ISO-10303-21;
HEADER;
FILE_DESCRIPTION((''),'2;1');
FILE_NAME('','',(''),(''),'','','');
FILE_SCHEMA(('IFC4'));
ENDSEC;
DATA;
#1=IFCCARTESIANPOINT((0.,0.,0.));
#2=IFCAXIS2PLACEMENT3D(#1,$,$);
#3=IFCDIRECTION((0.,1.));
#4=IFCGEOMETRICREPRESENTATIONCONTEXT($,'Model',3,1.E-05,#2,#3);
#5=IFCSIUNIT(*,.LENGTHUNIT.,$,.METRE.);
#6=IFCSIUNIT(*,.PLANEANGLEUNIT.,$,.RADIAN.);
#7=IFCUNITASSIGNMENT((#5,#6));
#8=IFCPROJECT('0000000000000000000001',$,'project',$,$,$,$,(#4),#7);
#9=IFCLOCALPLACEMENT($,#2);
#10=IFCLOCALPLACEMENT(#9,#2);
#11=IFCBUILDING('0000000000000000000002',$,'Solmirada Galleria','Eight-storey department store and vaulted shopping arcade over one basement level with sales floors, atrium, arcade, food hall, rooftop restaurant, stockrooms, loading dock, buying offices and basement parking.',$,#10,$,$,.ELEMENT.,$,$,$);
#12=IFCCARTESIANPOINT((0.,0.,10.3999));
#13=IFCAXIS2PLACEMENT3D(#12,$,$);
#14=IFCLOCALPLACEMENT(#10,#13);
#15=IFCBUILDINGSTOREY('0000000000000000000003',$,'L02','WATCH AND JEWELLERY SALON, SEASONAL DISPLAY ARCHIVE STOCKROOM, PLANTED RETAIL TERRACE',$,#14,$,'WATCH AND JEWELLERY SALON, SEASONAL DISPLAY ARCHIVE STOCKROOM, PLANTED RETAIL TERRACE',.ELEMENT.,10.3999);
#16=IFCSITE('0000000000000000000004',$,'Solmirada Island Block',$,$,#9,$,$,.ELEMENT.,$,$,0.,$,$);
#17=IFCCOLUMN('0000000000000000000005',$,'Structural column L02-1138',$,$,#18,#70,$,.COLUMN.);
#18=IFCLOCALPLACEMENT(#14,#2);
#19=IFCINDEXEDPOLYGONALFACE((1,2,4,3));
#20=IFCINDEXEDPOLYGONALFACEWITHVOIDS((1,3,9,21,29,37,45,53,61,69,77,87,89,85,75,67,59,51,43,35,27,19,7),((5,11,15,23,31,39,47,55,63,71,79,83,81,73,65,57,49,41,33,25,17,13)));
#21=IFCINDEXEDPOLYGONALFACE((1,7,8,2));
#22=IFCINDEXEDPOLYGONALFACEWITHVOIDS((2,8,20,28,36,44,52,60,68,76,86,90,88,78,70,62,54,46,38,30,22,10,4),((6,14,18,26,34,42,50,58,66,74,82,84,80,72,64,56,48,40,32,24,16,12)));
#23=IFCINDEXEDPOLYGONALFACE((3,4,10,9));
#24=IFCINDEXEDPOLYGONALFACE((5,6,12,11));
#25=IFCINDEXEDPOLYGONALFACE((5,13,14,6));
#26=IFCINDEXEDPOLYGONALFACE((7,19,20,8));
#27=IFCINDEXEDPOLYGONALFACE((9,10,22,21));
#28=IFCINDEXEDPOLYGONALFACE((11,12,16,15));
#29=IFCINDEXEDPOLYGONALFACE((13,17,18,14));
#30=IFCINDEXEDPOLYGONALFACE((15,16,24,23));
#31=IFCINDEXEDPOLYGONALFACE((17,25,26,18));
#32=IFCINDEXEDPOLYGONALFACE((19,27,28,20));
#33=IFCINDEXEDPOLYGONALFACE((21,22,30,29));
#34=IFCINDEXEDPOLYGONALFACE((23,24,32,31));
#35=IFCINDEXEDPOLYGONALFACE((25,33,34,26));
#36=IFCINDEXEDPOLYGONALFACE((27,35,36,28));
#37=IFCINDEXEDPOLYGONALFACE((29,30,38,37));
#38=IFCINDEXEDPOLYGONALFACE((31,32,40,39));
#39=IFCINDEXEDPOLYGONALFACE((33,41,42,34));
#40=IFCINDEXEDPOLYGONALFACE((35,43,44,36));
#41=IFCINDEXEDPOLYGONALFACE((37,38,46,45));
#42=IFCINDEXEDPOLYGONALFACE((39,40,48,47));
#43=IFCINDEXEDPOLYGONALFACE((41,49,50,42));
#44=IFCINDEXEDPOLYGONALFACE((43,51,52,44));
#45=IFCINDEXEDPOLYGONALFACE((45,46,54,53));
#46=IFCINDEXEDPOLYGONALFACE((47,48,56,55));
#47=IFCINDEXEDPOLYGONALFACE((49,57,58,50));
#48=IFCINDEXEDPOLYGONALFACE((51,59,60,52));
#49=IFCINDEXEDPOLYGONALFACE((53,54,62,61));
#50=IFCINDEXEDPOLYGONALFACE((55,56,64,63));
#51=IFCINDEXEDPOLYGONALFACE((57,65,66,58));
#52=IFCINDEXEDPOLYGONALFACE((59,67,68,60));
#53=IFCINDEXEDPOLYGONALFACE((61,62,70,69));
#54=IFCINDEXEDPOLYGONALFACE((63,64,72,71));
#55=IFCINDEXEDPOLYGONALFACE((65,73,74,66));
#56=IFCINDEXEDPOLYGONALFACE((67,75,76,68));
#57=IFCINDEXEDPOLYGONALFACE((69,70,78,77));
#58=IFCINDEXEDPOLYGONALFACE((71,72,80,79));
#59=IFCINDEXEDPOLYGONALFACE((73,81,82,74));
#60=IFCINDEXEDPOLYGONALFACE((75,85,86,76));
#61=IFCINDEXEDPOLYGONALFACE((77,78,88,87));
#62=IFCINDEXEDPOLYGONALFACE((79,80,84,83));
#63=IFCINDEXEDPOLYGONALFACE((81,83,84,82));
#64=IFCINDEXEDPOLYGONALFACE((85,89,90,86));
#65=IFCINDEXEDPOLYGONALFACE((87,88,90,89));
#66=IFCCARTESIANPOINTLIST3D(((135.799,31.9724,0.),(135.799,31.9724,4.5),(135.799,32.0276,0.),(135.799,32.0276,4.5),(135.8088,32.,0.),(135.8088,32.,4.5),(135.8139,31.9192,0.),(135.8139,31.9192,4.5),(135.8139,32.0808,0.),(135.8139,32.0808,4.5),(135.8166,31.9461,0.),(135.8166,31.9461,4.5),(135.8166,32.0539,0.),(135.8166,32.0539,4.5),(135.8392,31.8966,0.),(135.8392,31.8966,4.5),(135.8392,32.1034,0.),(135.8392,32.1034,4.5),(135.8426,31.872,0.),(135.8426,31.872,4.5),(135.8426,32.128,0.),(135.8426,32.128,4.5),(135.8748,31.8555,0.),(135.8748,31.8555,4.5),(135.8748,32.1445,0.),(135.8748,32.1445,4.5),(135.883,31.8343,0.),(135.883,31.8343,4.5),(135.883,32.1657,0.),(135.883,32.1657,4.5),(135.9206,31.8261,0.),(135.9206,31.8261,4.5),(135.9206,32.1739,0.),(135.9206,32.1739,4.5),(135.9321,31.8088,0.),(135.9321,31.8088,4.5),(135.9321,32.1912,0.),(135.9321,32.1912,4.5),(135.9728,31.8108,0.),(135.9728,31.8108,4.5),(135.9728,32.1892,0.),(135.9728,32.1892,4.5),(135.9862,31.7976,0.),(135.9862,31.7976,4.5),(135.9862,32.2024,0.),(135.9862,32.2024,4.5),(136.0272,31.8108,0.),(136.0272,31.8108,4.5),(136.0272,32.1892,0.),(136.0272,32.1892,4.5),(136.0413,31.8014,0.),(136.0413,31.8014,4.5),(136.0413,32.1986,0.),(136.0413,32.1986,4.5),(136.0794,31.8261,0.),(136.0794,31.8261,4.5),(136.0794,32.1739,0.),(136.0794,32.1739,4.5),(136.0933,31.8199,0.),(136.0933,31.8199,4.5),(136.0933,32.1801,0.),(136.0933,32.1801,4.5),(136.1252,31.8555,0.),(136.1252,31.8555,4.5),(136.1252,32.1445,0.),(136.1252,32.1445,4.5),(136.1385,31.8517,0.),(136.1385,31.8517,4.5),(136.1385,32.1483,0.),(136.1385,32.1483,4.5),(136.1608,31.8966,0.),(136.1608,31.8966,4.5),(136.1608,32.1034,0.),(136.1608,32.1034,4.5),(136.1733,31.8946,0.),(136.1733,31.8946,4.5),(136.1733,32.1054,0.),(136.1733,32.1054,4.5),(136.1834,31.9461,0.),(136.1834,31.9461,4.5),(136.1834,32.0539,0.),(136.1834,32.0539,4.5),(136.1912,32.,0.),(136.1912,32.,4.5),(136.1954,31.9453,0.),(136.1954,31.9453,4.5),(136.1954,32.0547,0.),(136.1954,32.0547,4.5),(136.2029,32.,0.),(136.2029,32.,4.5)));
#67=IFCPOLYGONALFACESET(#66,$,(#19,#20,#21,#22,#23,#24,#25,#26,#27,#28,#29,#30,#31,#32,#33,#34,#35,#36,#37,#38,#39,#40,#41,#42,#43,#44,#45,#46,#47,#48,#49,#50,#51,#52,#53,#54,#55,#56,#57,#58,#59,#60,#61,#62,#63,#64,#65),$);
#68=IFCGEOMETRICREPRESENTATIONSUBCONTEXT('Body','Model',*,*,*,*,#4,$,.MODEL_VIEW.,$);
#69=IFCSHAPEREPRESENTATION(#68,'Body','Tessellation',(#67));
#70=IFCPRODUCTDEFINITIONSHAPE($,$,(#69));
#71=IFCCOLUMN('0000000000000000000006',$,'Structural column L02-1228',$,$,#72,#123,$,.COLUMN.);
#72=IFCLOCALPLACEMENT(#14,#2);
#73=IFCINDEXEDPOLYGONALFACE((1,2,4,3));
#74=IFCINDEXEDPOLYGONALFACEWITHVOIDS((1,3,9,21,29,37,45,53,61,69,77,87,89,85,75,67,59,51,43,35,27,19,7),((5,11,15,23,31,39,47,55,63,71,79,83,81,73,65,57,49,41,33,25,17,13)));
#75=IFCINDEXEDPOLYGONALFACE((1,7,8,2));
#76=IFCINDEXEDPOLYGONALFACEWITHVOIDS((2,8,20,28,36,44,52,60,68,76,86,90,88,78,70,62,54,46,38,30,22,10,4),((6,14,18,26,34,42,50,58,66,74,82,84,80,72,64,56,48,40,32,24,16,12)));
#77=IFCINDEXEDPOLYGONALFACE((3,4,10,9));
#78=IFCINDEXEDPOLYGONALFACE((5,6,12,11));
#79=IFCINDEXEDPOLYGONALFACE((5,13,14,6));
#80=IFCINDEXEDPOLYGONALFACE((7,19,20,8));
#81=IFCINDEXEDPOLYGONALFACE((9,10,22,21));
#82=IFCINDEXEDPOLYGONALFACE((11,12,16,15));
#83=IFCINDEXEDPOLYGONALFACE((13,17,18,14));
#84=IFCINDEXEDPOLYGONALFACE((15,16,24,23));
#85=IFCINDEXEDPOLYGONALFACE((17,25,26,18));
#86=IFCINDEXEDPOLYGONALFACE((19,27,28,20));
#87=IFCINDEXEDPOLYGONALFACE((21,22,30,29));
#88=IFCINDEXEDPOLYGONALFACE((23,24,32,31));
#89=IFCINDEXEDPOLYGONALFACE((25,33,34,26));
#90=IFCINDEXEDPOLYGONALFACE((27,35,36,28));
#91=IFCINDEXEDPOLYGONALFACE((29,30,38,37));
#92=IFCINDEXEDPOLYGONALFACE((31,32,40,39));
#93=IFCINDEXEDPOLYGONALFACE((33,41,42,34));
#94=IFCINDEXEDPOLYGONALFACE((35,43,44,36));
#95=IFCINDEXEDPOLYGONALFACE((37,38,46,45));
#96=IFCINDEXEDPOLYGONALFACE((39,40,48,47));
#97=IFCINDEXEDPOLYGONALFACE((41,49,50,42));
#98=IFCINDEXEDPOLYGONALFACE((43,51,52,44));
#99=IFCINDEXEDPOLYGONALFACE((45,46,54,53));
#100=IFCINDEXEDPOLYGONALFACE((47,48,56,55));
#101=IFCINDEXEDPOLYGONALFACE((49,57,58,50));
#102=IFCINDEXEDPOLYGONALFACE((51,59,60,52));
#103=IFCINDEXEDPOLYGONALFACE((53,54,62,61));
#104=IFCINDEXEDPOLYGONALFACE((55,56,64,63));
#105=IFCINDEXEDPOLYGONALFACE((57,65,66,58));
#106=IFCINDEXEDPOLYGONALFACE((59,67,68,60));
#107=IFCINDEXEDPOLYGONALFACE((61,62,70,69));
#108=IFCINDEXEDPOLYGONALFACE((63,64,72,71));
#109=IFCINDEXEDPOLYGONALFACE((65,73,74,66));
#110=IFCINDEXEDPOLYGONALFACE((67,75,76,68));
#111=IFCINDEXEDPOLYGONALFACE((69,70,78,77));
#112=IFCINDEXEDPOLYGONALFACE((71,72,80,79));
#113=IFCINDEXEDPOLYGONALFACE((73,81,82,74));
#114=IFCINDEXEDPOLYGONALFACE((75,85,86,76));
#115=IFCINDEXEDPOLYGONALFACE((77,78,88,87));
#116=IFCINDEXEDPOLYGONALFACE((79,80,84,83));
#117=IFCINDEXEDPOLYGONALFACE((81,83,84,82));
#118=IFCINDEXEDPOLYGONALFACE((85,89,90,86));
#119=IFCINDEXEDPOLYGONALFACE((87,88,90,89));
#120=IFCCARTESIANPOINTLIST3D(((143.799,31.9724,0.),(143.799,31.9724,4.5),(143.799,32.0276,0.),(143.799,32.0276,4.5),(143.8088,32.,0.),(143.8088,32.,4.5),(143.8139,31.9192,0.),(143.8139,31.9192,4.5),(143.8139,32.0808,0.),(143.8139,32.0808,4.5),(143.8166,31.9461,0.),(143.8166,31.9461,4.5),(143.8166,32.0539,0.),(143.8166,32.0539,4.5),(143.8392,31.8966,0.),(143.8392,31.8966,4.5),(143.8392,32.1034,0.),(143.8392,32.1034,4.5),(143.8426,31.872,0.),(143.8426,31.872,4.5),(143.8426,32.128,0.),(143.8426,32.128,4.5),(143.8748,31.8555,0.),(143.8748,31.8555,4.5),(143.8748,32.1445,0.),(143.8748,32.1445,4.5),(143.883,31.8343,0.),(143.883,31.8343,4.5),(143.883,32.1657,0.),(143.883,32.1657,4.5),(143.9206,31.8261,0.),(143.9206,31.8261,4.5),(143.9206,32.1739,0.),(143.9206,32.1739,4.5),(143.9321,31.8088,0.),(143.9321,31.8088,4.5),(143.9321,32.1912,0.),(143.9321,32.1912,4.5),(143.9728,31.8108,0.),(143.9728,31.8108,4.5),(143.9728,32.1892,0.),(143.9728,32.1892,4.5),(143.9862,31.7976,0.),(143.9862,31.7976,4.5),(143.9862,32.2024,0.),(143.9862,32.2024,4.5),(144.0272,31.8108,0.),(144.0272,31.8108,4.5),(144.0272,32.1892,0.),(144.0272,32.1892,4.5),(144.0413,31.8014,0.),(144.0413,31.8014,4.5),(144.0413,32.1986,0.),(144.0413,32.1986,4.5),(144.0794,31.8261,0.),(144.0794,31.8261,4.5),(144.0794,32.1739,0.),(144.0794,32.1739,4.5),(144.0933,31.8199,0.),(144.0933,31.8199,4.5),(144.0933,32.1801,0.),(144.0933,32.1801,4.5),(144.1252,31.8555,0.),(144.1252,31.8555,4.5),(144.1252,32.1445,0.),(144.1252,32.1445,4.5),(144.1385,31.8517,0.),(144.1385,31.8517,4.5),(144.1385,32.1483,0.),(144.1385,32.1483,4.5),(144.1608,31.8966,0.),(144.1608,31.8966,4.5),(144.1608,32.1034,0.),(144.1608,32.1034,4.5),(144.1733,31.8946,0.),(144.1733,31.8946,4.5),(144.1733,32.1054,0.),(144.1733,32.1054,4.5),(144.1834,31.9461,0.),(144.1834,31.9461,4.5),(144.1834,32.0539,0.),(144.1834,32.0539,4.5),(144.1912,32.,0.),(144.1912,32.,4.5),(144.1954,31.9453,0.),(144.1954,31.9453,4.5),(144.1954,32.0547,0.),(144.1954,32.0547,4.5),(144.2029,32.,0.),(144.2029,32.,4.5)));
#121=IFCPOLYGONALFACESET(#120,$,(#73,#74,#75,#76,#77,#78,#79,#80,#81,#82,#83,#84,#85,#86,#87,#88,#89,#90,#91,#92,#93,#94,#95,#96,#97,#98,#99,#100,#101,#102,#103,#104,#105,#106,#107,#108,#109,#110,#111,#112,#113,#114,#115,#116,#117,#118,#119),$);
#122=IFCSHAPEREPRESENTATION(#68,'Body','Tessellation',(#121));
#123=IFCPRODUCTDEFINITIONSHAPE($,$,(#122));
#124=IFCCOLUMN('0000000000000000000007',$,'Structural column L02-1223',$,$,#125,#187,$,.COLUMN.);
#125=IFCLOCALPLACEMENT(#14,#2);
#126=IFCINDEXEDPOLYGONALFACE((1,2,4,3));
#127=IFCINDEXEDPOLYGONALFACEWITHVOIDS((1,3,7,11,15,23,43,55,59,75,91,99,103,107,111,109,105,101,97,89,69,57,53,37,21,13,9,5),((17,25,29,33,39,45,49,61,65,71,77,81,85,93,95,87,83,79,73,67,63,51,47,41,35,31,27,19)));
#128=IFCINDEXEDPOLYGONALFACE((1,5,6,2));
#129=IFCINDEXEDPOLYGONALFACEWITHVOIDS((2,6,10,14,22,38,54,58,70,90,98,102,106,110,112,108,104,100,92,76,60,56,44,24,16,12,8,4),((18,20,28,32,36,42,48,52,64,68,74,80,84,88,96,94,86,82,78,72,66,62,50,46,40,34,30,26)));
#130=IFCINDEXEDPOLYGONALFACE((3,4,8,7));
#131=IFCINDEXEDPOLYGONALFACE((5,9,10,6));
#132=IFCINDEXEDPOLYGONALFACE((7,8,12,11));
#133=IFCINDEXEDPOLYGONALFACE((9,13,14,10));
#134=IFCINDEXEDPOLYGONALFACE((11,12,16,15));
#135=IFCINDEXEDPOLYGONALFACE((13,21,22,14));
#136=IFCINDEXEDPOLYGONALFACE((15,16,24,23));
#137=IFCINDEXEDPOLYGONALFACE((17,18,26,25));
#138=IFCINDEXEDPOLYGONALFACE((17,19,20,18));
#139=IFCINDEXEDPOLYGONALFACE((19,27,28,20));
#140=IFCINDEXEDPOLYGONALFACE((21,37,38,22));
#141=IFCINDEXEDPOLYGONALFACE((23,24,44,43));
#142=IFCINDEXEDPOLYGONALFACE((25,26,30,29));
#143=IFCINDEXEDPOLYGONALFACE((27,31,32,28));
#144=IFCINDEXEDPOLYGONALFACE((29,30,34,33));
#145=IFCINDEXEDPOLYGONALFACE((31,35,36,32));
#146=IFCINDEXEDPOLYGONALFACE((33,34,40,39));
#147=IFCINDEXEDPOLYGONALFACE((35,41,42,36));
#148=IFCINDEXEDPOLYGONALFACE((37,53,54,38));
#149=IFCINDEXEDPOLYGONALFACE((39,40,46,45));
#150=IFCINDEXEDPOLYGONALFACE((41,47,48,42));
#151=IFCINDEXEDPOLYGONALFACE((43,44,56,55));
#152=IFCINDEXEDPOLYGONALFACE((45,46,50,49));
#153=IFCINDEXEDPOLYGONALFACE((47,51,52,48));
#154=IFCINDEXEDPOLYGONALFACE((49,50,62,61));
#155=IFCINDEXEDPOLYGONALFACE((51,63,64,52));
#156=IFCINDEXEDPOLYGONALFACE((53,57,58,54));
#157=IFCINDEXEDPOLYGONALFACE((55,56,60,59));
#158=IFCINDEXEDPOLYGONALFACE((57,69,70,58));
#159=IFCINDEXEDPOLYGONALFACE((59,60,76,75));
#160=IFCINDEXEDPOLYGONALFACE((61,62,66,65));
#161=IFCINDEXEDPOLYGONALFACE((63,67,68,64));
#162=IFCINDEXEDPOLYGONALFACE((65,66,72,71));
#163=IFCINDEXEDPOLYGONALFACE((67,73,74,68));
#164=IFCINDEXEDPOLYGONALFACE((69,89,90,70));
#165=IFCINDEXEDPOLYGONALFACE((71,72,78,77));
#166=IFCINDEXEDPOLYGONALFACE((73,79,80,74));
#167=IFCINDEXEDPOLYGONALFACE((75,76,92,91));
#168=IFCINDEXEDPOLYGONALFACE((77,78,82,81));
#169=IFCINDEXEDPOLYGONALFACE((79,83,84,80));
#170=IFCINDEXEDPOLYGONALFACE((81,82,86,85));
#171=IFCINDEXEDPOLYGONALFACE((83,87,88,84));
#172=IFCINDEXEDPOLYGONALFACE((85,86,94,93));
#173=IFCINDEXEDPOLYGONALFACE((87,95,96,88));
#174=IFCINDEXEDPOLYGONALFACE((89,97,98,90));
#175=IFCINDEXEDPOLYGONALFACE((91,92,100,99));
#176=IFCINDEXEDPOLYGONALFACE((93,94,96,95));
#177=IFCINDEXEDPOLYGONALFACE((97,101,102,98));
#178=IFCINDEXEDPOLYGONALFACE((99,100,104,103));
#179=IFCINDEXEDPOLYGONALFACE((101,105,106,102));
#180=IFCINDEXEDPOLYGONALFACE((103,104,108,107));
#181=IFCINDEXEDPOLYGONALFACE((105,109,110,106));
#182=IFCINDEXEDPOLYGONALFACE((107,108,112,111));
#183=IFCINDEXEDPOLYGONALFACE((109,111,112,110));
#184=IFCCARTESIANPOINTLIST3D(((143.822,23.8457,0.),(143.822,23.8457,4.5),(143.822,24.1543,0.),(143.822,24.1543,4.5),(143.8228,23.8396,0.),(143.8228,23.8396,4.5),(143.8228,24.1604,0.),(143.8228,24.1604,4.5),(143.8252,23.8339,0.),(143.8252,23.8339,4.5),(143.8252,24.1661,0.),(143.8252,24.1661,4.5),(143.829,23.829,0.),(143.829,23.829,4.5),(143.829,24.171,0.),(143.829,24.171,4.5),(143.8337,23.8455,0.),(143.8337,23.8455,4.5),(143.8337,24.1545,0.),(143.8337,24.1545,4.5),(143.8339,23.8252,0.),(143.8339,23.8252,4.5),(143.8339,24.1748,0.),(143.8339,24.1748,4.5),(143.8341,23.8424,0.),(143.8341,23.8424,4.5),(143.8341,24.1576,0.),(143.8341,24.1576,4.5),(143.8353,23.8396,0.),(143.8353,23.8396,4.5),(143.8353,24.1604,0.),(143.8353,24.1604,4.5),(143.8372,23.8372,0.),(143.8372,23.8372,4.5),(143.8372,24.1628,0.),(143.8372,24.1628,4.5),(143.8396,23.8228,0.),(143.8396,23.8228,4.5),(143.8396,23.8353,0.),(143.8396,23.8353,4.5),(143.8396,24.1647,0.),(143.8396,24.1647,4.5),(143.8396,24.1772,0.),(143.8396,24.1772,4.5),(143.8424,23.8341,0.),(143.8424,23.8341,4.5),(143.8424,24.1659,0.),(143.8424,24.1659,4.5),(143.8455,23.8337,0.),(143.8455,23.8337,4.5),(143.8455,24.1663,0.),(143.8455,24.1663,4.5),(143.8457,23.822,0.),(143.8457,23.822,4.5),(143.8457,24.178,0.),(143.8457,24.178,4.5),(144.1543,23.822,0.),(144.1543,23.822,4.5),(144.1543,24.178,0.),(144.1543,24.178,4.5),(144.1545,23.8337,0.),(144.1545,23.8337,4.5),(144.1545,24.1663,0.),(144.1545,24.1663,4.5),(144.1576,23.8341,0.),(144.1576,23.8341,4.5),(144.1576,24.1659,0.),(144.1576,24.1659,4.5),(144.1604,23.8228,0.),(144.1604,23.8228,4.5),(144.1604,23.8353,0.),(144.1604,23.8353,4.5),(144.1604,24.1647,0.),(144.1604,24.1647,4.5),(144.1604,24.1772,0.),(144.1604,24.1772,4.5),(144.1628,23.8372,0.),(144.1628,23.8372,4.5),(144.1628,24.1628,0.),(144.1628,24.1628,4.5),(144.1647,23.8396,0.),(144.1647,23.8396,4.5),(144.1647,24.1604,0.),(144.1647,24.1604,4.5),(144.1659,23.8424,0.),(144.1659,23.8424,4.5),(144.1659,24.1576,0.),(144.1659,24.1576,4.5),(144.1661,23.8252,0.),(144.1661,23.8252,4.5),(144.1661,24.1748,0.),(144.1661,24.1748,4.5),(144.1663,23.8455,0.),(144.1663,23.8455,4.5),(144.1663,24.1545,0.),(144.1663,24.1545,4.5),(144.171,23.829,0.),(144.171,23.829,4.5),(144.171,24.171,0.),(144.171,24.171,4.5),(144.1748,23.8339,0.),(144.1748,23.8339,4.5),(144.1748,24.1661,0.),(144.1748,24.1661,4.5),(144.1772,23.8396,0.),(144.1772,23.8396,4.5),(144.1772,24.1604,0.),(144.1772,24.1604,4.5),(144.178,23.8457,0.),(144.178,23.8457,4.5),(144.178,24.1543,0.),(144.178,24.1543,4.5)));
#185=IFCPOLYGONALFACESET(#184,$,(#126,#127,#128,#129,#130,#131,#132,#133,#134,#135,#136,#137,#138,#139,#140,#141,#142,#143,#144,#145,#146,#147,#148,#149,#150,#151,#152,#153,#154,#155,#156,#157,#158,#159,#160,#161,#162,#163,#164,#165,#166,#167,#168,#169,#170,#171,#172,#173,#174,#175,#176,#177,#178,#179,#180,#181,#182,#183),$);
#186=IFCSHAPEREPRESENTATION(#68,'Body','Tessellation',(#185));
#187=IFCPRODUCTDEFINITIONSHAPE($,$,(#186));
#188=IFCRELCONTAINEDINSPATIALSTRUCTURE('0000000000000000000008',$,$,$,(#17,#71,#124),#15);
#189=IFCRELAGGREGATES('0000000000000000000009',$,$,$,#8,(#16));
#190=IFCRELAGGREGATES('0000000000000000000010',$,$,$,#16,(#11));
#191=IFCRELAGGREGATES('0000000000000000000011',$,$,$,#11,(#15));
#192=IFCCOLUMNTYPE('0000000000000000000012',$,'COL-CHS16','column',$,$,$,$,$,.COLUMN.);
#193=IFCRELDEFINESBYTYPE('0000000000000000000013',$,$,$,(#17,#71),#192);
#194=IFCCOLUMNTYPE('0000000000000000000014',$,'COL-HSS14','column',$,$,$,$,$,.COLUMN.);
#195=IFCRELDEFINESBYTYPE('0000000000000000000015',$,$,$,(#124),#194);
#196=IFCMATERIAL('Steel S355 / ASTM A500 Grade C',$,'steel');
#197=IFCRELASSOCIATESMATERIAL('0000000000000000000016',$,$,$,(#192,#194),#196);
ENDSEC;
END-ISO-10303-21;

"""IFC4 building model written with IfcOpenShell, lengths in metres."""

from ifc_helpers import new_model, si_unit, direction, frame, origin, origin_2d, place, context, subcontext, project, spatial, hollow_rectangle, hollow_circle, extrude, material, material_profile, profile_set, type_object, element, save


model = new_model("IFC4")

# Units and contexts
model_context = context("Model", 3, precision=1e-05, world=origin(), true_north=direction((0.0, 1.0)))
body_context = subcontext(model_context, "Body", "Model", "MODEL_VIEW")
ifc_project = project(units=[si_unit("LENGTHUNIT", "METRE"), si_unit("PLANEANGLEUNIT", "RADIAN")], contexts=[model_context])

# Site, building, storey
site_placement = place(None, origin())
site = spatial("IfcSite", under=ifc_project, at=site_placement, Name="Solmirada Island Block", CompositionType="ELEMENT", RefElevation=0.0)
building_placement = place(site_placement, origin())
building = spatial("IfcBuilding", under=site, at=building_placement, Name="Solmirada Galleria", Description="Eight-storey department store and vaulted shopping arcade over one basement level with sales floors, atrium, arcade, food hall, rooftop restaurant, stockrooms, loading dock, buying offices and basement parking.", CompositionType="ELEMENT")
storey_placement = place(building_placement, frame((0.0, 0.0, 10.3999)))
storey = spatial("IfcBuildingStorey", under=building, at=storey_placement, Name="L02", Description="WATCH AND JEWELLERY SALON, SEASONAL DISPLAY ARCHIVE STOCKROOM, PLANTED RETAIL TERRACE", LongName="WATCH AND JEWELLERY SALON, SEASONAL DISPLAY ARCHIVE STOCKROOM, PLANTED RETAIL TERRACE", CompositionType="ELEMENT", Elevation=10.3999)

# Columns
ifc_material_1 = material(Name="Steel S355 / ASTM A500 Grade C", Category="steel")
ifc_material_profile_1 = material_profile(ifc_material_1, hollow_circle(Radius=0.2029, WallThickness=0.0117, at=origin_2d()), Name="HSS16.000X0.500")
ifc_profile_set_1 = profile_set([ifc_material_profile_1], Name="Steel S355 / ASTM A500 Grade C")
column_type_1 = type_object("IfcColumnType", Name="COL-CHS16", Description="column", PredefinedType="COLUMN", material=ifc_profile_set_1)
for number, where, z_axis, x_axis, name in (
    (1, (136.0, 32.0, 0.0), (0.0, 0.0, 1.0), (1.0, 0.0, 0.0), "Structural column L02-1138"),
    (2, (144.0, 32.0, 0.0), (0.0, 0.0, 1.0), (1.0, 0.0, 0.0), "Structural column L02-1228"),
):
    element("IfcColumn", number, at=place(storey_placement, frame(where, z_axis=z_axis, x_axis=x_axis)), inside=storey, type_object=column_type_1, Name=name, PredefinedType="COLUMN", context=body_context, shape_type="SweptSolid", body=[
        extrude(hollow_circle(Radius=0.2029, WallThickness=0.0117, at=origin_2d()), origin(), (0.0, 0.0, 1.0), 4.5),
    ])
ifc_material_profile_2 = material_profile(ifc_material_1, hollow_rectangle(XDim=0.356, YDim=0.356, WallThickness=0.0117, InnerFilletRadius=0.0117, OuterFilletRadius=0.0237, at=origin_2d()), Name="HSS14X14X1/2")
ifc_profile_set_2 = profile_set([ifc_material_profile_2], Name="Steel S355 / ASTM A500 Grade C")
column_type_2 = type_object("IfcColumnType", Name="COL-HSS14", Description="column", PredefinedType="COLUMN", material=ifc_profile_set_2)
for number, where, z_axis, x_axis, name in (
    (3, (144.0, 24.0, 0.0), (0.0, 0.0, 1.0), (1.0, 0.0, 0.0), "Structural column L02-1223"),
):
    element("IfcColumn", number, at=place(storey_placement, frame(where, z_axis=z_axis, x_axis=x_axis)), inside=storey, type_object=column_type_2, Name=name, PredefinedType="COLUMN", context=body_context, shape_type="SweptSolid", body=[
        extrude(hollow_rectangle(XDim=0.356, YDim=0.356, WallThickness=0.0117, InnerFilletRadius=0.0117, OuterFilletRadius=0.0237, at=origin_2d()), origin(), (0.0, 0.0, 1.0), 4.5),
    ])

save(model, "model.ifc")
